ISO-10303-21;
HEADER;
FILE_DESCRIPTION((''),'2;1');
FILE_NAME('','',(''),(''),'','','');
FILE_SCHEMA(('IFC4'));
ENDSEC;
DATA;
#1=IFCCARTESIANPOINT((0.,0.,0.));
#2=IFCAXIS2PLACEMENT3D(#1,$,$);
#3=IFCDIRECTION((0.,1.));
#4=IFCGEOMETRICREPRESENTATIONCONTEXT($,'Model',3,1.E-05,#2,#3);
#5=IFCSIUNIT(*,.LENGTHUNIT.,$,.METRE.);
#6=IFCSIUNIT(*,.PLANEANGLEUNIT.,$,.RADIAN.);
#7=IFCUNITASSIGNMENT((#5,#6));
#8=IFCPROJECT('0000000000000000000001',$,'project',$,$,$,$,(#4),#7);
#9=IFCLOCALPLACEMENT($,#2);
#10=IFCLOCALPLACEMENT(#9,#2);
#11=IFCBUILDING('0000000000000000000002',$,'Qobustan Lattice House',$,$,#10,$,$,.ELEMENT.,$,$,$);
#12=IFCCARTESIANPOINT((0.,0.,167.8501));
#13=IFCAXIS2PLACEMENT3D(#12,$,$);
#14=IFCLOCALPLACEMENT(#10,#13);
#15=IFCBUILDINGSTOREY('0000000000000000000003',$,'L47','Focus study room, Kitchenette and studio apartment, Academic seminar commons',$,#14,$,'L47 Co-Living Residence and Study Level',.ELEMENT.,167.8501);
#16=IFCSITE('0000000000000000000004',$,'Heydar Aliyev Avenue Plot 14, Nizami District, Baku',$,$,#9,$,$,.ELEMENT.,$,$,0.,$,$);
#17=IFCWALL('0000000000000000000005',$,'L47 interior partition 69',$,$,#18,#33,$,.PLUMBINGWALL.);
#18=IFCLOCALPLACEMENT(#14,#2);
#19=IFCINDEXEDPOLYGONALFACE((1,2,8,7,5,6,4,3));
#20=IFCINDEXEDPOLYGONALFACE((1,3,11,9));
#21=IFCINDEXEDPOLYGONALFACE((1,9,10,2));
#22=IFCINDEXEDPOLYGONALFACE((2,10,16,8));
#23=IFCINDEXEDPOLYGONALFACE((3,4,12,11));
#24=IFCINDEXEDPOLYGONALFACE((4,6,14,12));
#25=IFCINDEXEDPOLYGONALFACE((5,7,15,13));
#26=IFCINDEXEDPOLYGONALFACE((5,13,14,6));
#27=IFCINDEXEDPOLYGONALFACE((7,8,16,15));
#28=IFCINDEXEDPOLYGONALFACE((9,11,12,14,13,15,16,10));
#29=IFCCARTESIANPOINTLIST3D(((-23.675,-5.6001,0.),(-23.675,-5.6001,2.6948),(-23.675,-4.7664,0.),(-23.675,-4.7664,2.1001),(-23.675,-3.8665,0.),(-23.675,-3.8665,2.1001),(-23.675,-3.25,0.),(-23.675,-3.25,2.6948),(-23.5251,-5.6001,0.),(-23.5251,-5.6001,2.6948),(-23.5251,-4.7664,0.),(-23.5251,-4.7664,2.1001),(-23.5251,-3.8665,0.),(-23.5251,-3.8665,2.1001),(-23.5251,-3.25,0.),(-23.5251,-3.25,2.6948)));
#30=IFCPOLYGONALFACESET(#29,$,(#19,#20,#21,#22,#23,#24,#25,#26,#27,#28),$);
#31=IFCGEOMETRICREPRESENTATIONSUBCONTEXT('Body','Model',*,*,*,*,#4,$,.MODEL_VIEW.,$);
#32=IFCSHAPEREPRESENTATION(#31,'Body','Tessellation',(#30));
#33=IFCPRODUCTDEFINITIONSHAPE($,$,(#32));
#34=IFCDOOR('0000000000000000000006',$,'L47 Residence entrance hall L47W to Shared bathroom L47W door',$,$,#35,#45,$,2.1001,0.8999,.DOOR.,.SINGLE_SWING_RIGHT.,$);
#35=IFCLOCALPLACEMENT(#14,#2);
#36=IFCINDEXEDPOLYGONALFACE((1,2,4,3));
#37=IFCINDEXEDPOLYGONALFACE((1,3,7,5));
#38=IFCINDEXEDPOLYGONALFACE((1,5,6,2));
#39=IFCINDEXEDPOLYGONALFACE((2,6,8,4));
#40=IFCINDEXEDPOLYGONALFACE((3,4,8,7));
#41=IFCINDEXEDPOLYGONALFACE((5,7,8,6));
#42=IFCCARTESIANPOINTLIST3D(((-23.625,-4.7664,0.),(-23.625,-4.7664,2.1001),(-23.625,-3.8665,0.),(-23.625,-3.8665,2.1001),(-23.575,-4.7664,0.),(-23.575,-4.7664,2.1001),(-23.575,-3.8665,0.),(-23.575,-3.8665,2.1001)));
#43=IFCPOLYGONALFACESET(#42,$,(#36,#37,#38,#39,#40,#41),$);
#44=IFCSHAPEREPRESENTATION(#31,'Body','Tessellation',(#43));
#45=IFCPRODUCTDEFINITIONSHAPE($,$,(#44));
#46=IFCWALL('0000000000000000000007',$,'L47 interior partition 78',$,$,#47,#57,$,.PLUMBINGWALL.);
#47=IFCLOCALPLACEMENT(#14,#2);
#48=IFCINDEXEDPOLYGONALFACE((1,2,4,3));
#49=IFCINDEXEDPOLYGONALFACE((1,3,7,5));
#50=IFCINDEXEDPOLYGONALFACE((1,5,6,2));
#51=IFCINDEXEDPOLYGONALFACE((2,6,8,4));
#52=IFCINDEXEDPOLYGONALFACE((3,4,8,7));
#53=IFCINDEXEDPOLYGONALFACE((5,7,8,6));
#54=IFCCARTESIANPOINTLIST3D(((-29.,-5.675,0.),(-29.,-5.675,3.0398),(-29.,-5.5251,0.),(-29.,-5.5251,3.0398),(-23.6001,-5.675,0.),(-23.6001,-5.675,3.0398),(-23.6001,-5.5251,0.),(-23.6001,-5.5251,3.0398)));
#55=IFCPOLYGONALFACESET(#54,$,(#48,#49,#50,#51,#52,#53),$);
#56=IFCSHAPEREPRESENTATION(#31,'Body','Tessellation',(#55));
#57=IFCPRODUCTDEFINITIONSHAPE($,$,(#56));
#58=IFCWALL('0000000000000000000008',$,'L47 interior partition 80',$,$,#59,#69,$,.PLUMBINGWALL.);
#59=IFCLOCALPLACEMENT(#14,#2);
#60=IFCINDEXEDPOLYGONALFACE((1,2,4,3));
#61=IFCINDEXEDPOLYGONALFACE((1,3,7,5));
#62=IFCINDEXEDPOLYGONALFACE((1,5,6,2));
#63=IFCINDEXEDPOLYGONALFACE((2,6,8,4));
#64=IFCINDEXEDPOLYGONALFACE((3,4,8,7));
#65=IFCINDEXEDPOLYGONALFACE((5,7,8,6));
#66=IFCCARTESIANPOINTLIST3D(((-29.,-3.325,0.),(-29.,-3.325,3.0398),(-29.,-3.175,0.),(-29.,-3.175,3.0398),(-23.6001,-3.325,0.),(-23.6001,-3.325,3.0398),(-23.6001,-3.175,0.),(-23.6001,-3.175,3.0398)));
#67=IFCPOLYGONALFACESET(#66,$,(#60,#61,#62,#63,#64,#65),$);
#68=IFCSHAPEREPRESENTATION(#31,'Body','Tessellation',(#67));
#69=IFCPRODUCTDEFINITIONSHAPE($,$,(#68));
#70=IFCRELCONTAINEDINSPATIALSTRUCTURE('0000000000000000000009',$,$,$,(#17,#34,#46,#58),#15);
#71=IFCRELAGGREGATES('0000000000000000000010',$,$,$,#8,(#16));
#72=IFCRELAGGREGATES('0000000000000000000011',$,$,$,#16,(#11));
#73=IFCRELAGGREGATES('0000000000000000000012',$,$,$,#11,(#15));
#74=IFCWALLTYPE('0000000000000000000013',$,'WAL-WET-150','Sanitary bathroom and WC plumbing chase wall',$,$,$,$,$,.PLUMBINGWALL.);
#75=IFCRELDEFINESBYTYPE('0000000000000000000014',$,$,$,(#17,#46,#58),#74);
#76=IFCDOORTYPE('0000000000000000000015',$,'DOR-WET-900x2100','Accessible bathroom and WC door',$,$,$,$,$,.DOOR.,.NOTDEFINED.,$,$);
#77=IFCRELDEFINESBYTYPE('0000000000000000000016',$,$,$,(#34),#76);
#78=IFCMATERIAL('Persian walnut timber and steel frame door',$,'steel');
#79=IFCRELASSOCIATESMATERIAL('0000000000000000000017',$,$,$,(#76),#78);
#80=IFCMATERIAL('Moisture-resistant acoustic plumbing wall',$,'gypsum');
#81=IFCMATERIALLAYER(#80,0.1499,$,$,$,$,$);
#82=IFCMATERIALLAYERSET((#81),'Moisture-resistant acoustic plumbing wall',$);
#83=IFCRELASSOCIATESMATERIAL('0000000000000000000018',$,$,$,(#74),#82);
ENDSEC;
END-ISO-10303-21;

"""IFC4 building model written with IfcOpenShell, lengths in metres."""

from ifc_helpers import new_model, si_unit, direction, frame, frame_2d, origin, place, context, subcontext, project, spatial, rectangle, extrude, material, layer, layer_set, type_object, element, fill, save


model = new_model("IFC4")

# Units and contexts
model_context = context("Model", 3, precision=1e-05, world=origin(), true_north=direction((0.0, 1.0)))
body_context = subcontext(model_context, "Body", "Model", "MODEL_VIEW")
ifc_project = project(units=[si_unit("LENGTHUNIT", "METRE"), si_unit("PLANEANGLEUNIT", "RADIAN")], contexts=[model_context])

# Site, building, storey
site_placement = place(None, origin())
site = spatial("IfcSite", under=ifc_project, at=site_placement, Name="Heydar Aliyev Avenue Plot 14, Nizami District, Baku", CompositionType="ELEMENT", RefElevation=0.0)
building_placement = place(site_placement, origin())
building = spatial("IfcBuilding", under=site, at=building_placement, Name="Qobustan Lattice House", CompositionType="ELEMENT")
storey_placement = place(building_placement, frame((0.0, 0.0, 167.8501)))
storey = spatial("IfcBuildingStorey", under=building, at=storey_placement, Name="L47", Description="Focus study room, Kitchenette and studio apartment, Academic seminar commons", LongName="L47 Co-Living Residence and Study Level", CompositionType="ELEMENT", Elevation=167.8501)

# Shared definitions
ifc_material_1 = material(Name="Persian walnut timber and steel frame door", Category="steel")
door_type_1 = type_object("IfcDoorType", Name="DOR-WET-900x2100", Description="Accessible bathroom and WC door", OperationType="NOTDEFINED", PredefinedType="DOOR", material=ifc_material_1)

# Wall, opening, door
ifc_material_2 = material(Name="Moisture-resistant acoustic plumbing wall", Category="gypsum")
ifc_layer_1 = layer(ifc_material_2, 0.1499)
ifc_layer_set_1 = layer_set([ifc_layer_1], Name="Moisture-resistant acoustic plumbing wall")
wall_type_1 = type_object("IfcWallType", Name="WAL-WET-150", Description="Sanitary bathroom and WC plumbing chase wall", PredefinedType="PLUMBINGWALL", material=ifc_layer_set_1)
wall_1_placement = place(storey_placement, frame((-23.6001, -5.6001, 0.0), z_axis=(0.0, 0.0, 1.0), x_axis=(0.0, 1.0, 0.0)))
wall_1 = element("IfcWall", 1, at=wall_1_placement, inside=storey, type_object=wall_type_1, Name="L47 interior partition 69", PredefinedType="PLUMBINGWALL", context=body_context, shape_type="SweptSolid", body=[
    extrude(rectangle(XDim=2.3501, YDim=0.1499, at=frame_2d((1.175, 0.0))), origin(), (0.0, 0.0, 1.0), 2.6948),
])
opening_1_placement = place(wall_1_placement, frame((0.8337, 0.0, 0.0)))
opening_1 = element("IfcOpeningElement", 2, at=opening_1_placement, cuts=wall_1, PredefinedType="OPENING", context=body_context, shape_type="SweptSolid", body=[
    extrude(rectangle(XDim=0.8999, YDim=2.1001, at=frame_2d((0.45, 1.05))), frame((0.0, 0.085, 0.0), z_axis=(0.0, -1.0, 0.0), x_axis=(1.0, 0.0, 0.0)), (0.0, 0.0, 1.0), 0.1699),
])
door_1_placement = place(opening_1_placement, origin())
door_1 = element("IfcDoor", 3, at=door_1_placement, inside=storey, type_object=door_type_1, Name="L47 Residence entrance hall L47W to Shared bathroom L47W door", OperationType="SINGLE_SWING_RIGHT", OverallHeight=2.1001, OverallWidth=0.8999, PredefinedType="DOOR", context=body_context, shape_type="SweptSolid", body=[
    extrude(rectangle(XDim=0.8999, YDim=2.1001, at=frame_2d((0.45, 1.05))), frame((0.0, 0.0249, 0.0), z_axis=(0.0, -1.0, 0.0), x_axis=(1.0, 0.0, 0.0)), (0.0, 0.0, 1.0), 0.05),
])
fill(opening_1, door_1)

# Walls
for number, where, z_axis, x_axis, name in (
    (4, (-29.0, -5.6001, 0.0), (0.0, 0.0, 1.0), (1.0, 0.0, 0.0), "L47 interior partition 78"),
    (5, (-29.0, -3.25, 0.0), (0.0, 0.0, 1.0), (1.0, 0.0, 0.0), "L47 interior partition 80"),
):
    element("IfcWall", number, at=place(storey_placement, frame(where, z_axis=z_axis, x_axis=x_axis)), inside=storey, type_object=wall_type_1, Name=name, PredefinedType="PLUMBINGWALL", context=body_context, shape_type="SweptSolid", body=[
        extrude(rectangle(XDim=5.3999, YDim=0.1499, at=frame_2d((2.7, 0.0))), origin(), (0.0, 0.0, 1.0), 3.0398),
    ])

save(model, "model.ifc")
